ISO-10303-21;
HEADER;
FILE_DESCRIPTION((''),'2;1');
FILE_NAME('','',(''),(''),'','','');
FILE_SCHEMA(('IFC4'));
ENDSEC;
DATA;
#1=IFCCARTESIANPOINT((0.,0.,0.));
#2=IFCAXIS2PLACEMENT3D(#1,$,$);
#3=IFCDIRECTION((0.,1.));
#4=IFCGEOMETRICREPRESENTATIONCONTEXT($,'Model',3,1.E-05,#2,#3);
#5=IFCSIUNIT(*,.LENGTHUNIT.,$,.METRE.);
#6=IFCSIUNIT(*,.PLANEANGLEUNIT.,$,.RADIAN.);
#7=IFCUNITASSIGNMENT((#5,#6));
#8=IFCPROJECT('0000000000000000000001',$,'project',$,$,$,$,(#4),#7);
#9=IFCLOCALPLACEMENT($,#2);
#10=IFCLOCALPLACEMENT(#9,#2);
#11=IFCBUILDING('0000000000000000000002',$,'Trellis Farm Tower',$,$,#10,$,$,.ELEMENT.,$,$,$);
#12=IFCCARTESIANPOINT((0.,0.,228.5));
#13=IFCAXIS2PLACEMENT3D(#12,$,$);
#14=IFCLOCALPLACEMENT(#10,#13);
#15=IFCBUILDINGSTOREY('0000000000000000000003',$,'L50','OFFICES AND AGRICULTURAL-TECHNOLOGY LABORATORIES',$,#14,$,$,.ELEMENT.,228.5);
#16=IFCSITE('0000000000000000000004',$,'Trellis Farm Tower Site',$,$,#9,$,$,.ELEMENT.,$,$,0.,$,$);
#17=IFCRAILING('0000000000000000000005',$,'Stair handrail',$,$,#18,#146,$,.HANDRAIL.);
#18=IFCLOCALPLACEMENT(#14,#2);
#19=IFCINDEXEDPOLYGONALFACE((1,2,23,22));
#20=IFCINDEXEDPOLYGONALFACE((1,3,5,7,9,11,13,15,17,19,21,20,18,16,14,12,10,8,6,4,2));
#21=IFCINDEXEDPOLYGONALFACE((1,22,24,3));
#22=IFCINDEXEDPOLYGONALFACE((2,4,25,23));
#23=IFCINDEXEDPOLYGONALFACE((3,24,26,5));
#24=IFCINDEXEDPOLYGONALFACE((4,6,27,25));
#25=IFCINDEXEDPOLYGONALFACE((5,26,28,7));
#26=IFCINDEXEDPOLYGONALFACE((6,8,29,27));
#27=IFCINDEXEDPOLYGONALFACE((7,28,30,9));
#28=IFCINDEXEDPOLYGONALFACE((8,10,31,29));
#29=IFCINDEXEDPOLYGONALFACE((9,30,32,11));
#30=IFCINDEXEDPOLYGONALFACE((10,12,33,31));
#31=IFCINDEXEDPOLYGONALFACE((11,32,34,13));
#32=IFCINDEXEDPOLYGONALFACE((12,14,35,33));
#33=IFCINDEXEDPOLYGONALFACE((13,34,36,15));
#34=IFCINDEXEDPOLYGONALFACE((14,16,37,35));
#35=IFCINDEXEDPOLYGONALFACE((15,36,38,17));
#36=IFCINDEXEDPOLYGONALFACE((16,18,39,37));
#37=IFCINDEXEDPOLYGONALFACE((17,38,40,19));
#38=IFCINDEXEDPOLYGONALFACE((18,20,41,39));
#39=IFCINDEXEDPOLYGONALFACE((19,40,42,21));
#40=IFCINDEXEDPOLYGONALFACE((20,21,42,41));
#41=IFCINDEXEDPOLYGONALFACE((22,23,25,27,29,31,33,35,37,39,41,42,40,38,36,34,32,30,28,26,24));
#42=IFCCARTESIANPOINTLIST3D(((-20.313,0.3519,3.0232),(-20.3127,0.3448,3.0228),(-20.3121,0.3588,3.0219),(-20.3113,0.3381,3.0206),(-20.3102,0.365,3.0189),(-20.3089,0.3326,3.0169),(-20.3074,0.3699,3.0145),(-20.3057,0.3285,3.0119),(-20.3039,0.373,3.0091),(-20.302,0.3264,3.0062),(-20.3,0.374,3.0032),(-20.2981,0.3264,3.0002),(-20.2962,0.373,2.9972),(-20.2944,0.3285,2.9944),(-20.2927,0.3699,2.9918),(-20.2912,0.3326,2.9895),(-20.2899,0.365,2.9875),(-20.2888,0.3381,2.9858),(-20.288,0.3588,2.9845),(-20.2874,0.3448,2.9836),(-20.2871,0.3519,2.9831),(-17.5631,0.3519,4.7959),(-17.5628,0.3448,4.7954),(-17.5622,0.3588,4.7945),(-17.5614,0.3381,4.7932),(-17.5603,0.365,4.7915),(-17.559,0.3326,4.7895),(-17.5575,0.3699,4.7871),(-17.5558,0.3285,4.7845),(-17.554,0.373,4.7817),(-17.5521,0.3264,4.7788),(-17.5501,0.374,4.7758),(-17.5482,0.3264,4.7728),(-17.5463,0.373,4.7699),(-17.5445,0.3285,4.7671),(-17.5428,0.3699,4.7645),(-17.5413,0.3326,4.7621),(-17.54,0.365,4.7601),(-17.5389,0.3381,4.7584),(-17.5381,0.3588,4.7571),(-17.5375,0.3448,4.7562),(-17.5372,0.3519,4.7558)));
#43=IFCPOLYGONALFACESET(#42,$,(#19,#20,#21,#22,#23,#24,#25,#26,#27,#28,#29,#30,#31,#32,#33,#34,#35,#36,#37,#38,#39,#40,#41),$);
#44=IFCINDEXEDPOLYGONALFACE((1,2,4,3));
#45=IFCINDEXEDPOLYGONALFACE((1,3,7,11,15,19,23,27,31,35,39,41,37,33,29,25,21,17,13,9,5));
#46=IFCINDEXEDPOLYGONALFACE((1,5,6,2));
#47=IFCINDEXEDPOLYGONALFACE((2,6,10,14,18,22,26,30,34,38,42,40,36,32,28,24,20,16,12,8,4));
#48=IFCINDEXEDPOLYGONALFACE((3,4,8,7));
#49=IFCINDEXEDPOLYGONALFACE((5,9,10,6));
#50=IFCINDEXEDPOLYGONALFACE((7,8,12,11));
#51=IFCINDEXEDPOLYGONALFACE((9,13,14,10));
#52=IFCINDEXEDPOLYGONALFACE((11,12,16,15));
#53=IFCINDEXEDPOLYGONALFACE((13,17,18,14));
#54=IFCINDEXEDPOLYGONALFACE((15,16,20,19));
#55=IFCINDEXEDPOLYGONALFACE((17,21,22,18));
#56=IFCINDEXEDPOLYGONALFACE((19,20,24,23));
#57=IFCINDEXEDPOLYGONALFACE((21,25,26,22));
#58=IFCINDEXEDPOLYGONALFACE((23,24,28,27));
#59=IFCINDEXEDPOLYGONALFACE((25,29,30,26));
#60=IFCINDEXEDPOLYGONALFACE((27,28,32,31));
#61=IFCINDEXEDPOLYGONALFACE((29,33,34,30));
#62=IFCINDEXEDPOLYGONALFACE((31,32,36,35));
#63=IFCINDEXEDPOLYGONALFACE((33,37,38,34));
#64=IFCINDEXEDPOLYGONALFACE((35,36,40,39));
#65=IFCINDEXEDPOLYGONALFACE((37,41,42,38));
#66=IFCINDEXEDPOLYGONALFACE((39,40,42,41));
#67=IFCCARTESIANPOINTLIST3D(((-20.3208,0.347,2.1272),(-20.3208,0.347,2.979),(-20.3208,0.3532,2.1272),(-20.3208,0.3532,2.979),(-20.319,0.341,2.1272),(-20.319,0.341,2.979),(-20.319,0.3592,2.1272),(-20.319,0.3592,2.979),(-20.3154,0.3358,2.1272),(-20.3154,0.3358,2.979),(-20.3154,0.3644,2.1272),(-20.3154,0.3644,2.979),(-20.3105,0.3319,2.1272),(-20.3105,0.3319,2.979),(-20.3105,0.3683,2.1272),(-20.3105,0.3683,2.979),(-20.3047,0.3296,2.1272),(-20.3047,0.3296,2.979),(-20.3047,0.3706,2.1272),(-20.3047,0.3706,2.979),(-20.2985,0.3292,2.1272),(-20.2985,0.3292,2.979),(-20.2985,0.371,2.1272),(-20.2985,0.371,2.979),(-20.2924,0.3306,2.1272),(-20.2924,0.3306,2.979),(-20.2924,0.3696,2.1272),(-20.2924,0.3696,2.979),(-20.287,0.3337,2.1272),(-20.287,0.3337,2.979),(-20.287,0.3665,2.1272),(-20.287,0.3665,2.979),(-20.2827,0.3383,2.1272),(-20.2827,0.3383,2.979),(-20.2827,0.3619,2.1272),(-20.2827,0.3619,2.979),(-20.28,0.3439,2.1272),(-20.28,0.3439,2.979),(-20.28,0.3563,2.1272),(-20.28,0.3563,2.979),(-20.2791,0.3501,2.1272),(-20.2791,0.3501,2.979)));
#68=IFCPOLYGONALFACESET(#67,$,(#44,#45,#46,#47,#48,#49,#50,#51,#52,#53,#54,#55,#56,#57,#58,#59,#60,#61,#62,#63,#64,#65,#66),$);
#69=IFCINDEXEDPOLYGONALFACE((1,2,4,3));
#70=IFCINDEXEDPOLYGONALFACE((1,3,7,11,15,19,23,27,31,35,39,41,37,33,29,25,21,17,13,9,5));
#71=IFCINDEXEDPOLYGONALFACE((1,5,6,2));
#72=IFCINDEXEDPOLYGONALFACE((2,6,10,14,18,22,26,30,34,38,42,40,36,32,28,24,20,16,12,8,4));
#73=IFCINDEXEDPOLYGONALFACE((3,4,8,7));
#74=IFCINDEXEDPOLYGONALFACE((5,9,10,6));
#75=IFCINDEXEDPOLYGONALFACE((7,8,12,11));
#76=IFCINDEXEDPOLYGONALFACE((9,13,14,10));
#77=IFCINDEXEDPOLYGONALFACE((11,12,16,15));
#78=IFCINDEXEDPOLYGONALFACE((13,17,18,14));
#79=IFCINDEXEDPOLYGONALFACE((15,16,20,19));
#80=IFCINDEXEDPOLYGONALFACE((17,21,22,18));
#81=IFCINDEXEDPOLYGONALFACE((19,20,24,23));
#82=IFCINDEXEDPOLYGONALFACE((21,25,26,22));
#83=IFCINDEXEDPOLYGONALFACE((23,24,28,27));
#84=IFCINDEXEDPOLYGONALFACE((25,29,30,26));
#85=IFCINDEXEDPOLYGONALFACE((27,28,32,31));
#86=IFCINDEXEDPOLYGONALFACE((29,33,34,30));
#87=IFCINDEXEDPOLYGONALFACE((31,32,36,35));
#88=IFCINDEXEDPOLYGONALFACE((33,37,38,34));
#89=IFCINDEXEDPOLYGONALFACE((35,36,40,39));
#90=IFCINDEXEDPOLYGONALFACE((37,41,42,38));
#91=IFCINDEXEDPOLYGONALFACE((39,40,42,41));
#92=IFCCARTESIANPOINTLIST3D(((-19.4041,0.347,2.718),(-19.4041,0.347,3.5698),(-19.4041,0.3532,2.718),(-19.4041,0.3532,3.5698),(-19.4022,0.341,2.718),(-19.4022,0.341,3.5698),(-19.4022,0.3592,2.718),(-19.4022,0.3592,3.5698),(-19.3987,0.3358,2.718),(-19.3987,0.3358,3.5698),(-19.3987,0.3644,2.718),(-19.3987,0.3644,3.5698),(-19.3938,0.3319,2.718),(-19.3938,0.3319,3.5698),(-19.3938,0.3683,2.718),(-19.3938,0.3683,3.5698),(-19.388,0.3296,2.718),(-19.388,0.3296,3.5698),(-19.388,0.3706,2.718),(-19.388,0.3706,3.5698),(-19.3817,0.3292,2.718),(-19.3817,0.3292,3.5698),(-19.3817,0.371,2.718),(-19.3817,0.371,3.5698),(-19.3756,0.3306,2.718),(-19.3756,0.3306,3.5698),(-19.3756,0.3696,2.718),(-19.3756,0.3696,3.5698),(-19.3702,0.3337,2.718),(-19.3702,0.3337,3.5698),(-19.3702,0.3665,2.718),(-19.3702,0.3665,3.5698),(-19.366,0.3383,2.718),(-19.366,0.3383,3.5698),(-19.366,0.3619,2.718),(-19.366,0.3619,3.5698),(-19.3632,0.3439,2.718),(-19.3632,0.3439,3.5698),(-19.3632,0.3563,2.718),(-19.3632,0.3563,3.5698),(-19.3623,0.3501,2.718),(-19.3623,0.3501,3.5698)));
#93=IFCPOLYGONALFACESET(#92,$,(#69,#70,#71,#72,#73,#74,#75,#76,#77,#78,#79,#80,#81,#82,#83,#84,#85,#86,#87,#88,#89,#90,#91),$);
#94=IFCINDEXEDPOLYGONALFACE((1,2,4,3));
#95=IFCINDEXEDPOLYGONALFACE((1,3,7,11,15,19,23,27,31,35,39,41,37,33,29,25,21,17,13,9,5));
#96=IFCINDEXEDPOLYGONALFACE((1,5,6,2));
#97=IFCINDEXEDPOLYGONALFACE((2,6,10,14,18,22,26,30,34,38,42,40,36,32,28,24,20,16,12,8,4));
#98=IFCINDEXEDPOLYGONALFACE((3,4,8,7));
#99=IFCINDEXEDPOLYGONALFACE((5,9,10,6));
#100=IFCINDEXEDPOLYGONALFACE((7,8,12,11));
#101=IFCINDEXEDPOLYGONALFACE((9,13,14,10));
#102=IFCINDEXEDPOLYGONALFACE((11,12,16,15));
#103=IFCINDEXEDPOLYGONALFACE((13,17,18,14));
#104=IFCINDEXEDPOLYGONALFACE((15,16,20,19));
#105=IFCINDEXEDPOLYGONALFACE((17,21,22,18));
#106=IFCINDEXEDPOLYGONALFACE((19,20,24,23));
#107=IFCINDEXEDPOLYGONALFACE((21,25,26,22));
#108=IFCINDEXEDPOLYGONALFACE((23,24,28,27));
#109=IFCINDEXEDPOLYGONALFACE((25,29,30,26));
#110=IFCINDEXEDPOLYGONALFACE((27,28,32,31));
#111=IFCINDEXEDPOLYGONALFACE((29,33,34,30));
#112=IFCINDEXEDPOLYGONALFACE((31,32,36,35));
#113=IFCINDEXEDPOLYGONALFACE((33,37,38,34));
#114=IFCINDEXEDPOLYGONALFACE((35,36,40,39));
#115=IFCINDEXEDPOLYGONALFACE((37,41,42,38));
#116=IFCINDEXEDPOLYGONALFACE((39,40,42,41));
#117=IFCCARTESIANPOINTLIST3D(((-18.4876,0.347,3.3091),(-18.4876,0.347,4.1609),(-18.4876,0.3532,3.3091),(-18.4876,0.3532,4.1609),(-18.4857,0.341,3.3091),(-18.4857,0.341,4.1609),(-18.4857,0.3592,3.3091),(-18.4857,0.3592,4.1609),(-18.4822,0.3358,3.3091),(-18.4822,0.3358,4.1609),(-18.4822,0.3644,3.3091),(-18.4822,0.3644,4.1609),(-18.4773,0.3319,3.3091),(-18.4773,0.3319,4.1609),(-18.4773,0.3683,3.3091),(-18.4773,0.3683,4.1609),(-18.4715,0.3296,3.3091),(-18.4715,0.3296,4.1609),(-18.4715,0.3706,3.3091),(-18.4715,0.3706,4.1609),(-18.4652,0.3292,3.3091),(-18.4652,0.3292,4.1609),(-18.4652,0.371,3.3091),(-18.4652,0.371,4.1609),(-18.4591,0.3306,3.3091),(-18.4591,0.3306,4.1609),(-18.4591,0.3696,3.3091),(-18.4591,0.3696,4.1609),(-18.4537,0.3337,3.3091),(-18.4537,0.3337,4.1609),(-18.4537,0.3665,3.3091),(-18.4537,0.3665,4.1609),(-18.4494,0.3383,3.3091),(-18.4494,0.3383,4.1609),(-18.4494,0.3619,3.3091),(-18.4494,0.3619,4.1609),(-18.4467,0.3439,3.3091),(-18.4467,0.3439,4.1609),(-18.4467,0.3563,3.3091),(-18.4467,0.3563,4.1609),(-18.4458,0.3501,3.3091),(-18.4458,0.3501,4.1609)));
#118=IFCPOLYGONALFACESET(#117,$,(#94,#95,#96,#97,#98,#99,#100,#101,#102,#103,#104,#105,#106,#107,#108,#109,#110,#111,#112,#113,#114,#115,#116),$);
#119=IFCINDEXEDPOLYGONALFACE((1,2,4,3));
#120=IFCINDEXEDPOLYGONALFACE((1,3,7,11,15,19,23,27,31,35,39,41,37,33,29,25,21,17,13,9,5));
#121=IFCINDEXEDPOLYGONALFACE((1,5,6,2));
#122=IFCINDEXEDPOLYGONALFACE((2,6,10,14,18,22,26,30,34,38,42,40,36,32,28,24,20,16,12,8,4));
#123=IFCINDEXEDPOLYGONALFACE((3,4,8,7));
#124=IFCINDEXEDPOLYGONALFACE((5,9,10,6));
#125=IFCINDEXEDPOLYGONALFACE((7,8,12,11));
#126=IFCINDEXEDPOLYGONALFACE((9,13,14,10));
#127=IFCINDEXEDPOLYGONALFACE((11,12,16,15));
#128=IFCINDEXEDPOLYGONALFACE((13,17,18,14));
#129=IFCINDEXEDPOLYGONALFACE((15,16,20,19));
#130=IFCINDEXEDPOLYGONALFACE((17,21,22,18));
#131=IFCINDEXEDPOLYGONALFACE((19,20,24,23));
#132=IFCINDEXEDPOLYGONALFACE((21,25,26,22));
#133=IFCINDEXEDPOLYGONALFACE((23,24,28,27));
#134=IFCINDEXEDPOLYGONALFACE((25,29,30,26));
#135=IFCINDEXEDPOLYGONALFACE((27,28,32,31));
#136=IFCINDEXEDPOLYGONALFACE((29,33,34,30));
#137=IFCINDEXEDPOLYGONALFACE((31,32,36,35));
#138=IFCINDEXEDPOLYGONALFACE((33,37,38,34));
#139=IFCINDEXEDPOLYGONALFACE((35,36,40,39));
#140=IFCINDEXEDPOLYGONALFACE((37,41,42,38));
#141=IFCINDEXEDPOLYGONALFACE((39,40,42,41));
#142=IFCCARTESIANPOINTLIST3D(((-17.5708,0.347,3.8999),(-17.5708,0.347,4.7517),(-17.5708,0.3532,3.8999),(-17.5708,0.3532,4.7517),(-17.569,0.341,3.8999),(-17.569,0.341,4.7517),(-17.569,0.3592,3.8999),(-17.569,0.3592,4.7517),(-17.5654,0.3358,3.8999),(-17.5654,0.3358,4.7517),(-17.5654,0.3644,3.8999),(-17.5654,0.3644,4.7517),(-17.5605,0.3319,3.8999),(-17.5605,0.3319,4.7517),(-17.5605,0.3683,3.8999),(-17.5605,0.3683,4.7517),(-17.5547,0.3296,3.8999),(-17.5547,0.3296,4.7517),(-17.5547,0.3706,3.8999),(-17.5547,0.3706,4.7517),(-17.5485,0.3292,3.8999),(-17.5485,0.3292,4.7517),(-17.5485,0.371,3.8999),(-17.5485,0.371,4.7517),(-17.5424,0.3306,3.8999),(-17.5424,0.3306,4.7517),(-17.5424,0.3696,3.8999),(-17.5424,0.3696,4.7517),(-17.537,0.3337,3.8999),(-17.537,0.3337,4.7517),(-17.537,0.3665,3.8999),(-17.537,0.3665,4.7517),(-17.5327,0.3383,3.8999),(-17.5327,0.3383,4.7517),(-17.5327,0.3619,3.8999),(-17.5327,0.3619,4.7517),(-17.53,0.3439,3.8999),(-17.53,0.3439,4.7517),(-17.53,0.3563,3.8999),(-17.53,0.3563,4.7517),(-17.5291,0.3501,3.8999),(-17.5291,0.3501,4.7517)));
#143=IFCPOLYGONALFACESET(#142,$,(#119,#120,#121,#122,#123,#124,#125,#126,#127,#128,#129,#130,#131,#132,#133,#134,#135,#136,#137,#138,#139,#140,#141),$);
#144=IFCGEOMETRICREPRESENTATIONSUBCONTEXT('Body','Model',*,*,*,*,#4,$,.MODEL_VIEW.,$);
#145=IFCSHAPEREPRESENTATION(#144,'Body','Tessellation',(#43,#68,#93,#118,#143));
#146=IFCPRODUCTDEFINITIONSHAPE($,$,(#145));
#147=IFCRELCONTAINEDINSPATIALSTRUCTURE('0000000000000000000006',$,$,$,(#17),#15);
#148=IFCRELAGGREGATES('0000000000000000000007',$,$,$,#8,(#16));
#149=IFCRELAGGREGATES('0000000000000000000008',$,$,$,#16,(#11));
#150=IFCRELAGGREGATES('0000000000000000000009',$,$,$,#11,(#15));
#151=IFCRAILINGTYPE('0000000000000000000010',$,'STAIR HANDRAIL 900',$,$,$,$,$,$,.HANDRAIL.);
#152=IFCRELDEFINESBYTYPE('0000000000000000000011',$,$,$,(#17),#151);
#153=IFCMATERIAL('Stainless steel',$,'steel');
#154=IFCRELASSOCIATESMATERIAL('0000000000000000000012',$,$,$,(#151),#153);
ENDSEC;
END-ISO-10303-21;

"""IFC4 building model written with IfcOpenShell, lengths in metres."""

from ifc_helpers import new_model, si_unit, direction, frame, origin, origin_2d, place, context, subcontext, project, spatial, circle, extrude, source, transform, mapped, material, type_object, element, save


model = new_model("IFC4")

# Units and contexts
model_context = context("Model", 3, precision=1e-05, world=origin(), true_north=direction((0.0, 1.0)))
body_context = subcontext(model_context, "Body", "Model", "MODEL_VIEW")
ifc_project = project(units=[si_unit("LENGTHUNIT", "METRE"), si_unit("PLANEANGLEUNIT", "RADIAN")], contexts=[model_context])

# Site, building, storey
site_placement = place(None, origin())
site = spatial("IfcSite", under=ifc_project, at=site_placement, Name="Trellis Farm Tower Site", CompositionType="ELEMENT", RefElevation=0.0)
building_placement = place(site_placement, origin())
building = spatial("IfcBuilding", under=site, at=building_placement, Name="Trellis Farm Tower", CompositionType="ELEMENT")
storey_placement = place(building_placement, frame((0.0, 0.0, 228.5)))
storey = spatial("IfcBuildingStorey", under=building, at=storey_placement, Name="L50", Description="OFFICES AND AGRICULTURAL-TECHNOLOGY LABORATORIES", CompositionType="ELEMENT", Elevation=228.5)

# Railing
ifc_material_1 = material(Name="Stainless steel", Category="steel")
railing_type = type_object("IfcRailingType", Name="STAIR HANDRAIL 900", PredefinedType="HANDRAIL", material=ifc_material_1)
shared_shape_1 = source(origin(), body_context, "Body", "SweptSolid", [
    extrude(circle(Radius=0.0239, at=origin_2d()), frame((0.0, 0.0, 0.876), z_axis=(0.840504, 0.0, 0.541806), x_axis=(0.0, 1.0, 0.0)), (0.0, 0.0, 1.0), 3.2717),
    extrude(circle(Radius=0.021, at=origin_2d()), origin(), (0.0, 0.0, 1.0), 0.8518),
    extrude(circle(Radius=0.021, at=origin_2d()), frame((0.9167, 0.0, 0.5908)), (0.0, 0.0, 1.0), 0.8518),
    extrude(circle(Radius=0.021, at=origin_2d()), frame((1.8333, 0.0, 1.1819)), (0.0, 0.0, 1.0), 0.8518),
    extrude(circle(Radius=0.021, at=origin_2d()), frame((2.75, 0.0, 1.7727)), (0.0, 0.0, 1.0), 0.8518),
])
for number, where, name in (
    (1, (-20.3, 0.3501, 2.1272), "Stair handrail"),
):
    element("IfcRailing", number, at=place(storey_placement, frame(where)), inside=storey, type_object=railing_type, Name=name, PredefinedType="HANDRAIL", context=body_context, shape_type="MappedRepresentation", body=[
        mapped(shared_shape_1, transform((0.0, 0.0, 0.0))),
    ])

save(model, "model.ifc")
